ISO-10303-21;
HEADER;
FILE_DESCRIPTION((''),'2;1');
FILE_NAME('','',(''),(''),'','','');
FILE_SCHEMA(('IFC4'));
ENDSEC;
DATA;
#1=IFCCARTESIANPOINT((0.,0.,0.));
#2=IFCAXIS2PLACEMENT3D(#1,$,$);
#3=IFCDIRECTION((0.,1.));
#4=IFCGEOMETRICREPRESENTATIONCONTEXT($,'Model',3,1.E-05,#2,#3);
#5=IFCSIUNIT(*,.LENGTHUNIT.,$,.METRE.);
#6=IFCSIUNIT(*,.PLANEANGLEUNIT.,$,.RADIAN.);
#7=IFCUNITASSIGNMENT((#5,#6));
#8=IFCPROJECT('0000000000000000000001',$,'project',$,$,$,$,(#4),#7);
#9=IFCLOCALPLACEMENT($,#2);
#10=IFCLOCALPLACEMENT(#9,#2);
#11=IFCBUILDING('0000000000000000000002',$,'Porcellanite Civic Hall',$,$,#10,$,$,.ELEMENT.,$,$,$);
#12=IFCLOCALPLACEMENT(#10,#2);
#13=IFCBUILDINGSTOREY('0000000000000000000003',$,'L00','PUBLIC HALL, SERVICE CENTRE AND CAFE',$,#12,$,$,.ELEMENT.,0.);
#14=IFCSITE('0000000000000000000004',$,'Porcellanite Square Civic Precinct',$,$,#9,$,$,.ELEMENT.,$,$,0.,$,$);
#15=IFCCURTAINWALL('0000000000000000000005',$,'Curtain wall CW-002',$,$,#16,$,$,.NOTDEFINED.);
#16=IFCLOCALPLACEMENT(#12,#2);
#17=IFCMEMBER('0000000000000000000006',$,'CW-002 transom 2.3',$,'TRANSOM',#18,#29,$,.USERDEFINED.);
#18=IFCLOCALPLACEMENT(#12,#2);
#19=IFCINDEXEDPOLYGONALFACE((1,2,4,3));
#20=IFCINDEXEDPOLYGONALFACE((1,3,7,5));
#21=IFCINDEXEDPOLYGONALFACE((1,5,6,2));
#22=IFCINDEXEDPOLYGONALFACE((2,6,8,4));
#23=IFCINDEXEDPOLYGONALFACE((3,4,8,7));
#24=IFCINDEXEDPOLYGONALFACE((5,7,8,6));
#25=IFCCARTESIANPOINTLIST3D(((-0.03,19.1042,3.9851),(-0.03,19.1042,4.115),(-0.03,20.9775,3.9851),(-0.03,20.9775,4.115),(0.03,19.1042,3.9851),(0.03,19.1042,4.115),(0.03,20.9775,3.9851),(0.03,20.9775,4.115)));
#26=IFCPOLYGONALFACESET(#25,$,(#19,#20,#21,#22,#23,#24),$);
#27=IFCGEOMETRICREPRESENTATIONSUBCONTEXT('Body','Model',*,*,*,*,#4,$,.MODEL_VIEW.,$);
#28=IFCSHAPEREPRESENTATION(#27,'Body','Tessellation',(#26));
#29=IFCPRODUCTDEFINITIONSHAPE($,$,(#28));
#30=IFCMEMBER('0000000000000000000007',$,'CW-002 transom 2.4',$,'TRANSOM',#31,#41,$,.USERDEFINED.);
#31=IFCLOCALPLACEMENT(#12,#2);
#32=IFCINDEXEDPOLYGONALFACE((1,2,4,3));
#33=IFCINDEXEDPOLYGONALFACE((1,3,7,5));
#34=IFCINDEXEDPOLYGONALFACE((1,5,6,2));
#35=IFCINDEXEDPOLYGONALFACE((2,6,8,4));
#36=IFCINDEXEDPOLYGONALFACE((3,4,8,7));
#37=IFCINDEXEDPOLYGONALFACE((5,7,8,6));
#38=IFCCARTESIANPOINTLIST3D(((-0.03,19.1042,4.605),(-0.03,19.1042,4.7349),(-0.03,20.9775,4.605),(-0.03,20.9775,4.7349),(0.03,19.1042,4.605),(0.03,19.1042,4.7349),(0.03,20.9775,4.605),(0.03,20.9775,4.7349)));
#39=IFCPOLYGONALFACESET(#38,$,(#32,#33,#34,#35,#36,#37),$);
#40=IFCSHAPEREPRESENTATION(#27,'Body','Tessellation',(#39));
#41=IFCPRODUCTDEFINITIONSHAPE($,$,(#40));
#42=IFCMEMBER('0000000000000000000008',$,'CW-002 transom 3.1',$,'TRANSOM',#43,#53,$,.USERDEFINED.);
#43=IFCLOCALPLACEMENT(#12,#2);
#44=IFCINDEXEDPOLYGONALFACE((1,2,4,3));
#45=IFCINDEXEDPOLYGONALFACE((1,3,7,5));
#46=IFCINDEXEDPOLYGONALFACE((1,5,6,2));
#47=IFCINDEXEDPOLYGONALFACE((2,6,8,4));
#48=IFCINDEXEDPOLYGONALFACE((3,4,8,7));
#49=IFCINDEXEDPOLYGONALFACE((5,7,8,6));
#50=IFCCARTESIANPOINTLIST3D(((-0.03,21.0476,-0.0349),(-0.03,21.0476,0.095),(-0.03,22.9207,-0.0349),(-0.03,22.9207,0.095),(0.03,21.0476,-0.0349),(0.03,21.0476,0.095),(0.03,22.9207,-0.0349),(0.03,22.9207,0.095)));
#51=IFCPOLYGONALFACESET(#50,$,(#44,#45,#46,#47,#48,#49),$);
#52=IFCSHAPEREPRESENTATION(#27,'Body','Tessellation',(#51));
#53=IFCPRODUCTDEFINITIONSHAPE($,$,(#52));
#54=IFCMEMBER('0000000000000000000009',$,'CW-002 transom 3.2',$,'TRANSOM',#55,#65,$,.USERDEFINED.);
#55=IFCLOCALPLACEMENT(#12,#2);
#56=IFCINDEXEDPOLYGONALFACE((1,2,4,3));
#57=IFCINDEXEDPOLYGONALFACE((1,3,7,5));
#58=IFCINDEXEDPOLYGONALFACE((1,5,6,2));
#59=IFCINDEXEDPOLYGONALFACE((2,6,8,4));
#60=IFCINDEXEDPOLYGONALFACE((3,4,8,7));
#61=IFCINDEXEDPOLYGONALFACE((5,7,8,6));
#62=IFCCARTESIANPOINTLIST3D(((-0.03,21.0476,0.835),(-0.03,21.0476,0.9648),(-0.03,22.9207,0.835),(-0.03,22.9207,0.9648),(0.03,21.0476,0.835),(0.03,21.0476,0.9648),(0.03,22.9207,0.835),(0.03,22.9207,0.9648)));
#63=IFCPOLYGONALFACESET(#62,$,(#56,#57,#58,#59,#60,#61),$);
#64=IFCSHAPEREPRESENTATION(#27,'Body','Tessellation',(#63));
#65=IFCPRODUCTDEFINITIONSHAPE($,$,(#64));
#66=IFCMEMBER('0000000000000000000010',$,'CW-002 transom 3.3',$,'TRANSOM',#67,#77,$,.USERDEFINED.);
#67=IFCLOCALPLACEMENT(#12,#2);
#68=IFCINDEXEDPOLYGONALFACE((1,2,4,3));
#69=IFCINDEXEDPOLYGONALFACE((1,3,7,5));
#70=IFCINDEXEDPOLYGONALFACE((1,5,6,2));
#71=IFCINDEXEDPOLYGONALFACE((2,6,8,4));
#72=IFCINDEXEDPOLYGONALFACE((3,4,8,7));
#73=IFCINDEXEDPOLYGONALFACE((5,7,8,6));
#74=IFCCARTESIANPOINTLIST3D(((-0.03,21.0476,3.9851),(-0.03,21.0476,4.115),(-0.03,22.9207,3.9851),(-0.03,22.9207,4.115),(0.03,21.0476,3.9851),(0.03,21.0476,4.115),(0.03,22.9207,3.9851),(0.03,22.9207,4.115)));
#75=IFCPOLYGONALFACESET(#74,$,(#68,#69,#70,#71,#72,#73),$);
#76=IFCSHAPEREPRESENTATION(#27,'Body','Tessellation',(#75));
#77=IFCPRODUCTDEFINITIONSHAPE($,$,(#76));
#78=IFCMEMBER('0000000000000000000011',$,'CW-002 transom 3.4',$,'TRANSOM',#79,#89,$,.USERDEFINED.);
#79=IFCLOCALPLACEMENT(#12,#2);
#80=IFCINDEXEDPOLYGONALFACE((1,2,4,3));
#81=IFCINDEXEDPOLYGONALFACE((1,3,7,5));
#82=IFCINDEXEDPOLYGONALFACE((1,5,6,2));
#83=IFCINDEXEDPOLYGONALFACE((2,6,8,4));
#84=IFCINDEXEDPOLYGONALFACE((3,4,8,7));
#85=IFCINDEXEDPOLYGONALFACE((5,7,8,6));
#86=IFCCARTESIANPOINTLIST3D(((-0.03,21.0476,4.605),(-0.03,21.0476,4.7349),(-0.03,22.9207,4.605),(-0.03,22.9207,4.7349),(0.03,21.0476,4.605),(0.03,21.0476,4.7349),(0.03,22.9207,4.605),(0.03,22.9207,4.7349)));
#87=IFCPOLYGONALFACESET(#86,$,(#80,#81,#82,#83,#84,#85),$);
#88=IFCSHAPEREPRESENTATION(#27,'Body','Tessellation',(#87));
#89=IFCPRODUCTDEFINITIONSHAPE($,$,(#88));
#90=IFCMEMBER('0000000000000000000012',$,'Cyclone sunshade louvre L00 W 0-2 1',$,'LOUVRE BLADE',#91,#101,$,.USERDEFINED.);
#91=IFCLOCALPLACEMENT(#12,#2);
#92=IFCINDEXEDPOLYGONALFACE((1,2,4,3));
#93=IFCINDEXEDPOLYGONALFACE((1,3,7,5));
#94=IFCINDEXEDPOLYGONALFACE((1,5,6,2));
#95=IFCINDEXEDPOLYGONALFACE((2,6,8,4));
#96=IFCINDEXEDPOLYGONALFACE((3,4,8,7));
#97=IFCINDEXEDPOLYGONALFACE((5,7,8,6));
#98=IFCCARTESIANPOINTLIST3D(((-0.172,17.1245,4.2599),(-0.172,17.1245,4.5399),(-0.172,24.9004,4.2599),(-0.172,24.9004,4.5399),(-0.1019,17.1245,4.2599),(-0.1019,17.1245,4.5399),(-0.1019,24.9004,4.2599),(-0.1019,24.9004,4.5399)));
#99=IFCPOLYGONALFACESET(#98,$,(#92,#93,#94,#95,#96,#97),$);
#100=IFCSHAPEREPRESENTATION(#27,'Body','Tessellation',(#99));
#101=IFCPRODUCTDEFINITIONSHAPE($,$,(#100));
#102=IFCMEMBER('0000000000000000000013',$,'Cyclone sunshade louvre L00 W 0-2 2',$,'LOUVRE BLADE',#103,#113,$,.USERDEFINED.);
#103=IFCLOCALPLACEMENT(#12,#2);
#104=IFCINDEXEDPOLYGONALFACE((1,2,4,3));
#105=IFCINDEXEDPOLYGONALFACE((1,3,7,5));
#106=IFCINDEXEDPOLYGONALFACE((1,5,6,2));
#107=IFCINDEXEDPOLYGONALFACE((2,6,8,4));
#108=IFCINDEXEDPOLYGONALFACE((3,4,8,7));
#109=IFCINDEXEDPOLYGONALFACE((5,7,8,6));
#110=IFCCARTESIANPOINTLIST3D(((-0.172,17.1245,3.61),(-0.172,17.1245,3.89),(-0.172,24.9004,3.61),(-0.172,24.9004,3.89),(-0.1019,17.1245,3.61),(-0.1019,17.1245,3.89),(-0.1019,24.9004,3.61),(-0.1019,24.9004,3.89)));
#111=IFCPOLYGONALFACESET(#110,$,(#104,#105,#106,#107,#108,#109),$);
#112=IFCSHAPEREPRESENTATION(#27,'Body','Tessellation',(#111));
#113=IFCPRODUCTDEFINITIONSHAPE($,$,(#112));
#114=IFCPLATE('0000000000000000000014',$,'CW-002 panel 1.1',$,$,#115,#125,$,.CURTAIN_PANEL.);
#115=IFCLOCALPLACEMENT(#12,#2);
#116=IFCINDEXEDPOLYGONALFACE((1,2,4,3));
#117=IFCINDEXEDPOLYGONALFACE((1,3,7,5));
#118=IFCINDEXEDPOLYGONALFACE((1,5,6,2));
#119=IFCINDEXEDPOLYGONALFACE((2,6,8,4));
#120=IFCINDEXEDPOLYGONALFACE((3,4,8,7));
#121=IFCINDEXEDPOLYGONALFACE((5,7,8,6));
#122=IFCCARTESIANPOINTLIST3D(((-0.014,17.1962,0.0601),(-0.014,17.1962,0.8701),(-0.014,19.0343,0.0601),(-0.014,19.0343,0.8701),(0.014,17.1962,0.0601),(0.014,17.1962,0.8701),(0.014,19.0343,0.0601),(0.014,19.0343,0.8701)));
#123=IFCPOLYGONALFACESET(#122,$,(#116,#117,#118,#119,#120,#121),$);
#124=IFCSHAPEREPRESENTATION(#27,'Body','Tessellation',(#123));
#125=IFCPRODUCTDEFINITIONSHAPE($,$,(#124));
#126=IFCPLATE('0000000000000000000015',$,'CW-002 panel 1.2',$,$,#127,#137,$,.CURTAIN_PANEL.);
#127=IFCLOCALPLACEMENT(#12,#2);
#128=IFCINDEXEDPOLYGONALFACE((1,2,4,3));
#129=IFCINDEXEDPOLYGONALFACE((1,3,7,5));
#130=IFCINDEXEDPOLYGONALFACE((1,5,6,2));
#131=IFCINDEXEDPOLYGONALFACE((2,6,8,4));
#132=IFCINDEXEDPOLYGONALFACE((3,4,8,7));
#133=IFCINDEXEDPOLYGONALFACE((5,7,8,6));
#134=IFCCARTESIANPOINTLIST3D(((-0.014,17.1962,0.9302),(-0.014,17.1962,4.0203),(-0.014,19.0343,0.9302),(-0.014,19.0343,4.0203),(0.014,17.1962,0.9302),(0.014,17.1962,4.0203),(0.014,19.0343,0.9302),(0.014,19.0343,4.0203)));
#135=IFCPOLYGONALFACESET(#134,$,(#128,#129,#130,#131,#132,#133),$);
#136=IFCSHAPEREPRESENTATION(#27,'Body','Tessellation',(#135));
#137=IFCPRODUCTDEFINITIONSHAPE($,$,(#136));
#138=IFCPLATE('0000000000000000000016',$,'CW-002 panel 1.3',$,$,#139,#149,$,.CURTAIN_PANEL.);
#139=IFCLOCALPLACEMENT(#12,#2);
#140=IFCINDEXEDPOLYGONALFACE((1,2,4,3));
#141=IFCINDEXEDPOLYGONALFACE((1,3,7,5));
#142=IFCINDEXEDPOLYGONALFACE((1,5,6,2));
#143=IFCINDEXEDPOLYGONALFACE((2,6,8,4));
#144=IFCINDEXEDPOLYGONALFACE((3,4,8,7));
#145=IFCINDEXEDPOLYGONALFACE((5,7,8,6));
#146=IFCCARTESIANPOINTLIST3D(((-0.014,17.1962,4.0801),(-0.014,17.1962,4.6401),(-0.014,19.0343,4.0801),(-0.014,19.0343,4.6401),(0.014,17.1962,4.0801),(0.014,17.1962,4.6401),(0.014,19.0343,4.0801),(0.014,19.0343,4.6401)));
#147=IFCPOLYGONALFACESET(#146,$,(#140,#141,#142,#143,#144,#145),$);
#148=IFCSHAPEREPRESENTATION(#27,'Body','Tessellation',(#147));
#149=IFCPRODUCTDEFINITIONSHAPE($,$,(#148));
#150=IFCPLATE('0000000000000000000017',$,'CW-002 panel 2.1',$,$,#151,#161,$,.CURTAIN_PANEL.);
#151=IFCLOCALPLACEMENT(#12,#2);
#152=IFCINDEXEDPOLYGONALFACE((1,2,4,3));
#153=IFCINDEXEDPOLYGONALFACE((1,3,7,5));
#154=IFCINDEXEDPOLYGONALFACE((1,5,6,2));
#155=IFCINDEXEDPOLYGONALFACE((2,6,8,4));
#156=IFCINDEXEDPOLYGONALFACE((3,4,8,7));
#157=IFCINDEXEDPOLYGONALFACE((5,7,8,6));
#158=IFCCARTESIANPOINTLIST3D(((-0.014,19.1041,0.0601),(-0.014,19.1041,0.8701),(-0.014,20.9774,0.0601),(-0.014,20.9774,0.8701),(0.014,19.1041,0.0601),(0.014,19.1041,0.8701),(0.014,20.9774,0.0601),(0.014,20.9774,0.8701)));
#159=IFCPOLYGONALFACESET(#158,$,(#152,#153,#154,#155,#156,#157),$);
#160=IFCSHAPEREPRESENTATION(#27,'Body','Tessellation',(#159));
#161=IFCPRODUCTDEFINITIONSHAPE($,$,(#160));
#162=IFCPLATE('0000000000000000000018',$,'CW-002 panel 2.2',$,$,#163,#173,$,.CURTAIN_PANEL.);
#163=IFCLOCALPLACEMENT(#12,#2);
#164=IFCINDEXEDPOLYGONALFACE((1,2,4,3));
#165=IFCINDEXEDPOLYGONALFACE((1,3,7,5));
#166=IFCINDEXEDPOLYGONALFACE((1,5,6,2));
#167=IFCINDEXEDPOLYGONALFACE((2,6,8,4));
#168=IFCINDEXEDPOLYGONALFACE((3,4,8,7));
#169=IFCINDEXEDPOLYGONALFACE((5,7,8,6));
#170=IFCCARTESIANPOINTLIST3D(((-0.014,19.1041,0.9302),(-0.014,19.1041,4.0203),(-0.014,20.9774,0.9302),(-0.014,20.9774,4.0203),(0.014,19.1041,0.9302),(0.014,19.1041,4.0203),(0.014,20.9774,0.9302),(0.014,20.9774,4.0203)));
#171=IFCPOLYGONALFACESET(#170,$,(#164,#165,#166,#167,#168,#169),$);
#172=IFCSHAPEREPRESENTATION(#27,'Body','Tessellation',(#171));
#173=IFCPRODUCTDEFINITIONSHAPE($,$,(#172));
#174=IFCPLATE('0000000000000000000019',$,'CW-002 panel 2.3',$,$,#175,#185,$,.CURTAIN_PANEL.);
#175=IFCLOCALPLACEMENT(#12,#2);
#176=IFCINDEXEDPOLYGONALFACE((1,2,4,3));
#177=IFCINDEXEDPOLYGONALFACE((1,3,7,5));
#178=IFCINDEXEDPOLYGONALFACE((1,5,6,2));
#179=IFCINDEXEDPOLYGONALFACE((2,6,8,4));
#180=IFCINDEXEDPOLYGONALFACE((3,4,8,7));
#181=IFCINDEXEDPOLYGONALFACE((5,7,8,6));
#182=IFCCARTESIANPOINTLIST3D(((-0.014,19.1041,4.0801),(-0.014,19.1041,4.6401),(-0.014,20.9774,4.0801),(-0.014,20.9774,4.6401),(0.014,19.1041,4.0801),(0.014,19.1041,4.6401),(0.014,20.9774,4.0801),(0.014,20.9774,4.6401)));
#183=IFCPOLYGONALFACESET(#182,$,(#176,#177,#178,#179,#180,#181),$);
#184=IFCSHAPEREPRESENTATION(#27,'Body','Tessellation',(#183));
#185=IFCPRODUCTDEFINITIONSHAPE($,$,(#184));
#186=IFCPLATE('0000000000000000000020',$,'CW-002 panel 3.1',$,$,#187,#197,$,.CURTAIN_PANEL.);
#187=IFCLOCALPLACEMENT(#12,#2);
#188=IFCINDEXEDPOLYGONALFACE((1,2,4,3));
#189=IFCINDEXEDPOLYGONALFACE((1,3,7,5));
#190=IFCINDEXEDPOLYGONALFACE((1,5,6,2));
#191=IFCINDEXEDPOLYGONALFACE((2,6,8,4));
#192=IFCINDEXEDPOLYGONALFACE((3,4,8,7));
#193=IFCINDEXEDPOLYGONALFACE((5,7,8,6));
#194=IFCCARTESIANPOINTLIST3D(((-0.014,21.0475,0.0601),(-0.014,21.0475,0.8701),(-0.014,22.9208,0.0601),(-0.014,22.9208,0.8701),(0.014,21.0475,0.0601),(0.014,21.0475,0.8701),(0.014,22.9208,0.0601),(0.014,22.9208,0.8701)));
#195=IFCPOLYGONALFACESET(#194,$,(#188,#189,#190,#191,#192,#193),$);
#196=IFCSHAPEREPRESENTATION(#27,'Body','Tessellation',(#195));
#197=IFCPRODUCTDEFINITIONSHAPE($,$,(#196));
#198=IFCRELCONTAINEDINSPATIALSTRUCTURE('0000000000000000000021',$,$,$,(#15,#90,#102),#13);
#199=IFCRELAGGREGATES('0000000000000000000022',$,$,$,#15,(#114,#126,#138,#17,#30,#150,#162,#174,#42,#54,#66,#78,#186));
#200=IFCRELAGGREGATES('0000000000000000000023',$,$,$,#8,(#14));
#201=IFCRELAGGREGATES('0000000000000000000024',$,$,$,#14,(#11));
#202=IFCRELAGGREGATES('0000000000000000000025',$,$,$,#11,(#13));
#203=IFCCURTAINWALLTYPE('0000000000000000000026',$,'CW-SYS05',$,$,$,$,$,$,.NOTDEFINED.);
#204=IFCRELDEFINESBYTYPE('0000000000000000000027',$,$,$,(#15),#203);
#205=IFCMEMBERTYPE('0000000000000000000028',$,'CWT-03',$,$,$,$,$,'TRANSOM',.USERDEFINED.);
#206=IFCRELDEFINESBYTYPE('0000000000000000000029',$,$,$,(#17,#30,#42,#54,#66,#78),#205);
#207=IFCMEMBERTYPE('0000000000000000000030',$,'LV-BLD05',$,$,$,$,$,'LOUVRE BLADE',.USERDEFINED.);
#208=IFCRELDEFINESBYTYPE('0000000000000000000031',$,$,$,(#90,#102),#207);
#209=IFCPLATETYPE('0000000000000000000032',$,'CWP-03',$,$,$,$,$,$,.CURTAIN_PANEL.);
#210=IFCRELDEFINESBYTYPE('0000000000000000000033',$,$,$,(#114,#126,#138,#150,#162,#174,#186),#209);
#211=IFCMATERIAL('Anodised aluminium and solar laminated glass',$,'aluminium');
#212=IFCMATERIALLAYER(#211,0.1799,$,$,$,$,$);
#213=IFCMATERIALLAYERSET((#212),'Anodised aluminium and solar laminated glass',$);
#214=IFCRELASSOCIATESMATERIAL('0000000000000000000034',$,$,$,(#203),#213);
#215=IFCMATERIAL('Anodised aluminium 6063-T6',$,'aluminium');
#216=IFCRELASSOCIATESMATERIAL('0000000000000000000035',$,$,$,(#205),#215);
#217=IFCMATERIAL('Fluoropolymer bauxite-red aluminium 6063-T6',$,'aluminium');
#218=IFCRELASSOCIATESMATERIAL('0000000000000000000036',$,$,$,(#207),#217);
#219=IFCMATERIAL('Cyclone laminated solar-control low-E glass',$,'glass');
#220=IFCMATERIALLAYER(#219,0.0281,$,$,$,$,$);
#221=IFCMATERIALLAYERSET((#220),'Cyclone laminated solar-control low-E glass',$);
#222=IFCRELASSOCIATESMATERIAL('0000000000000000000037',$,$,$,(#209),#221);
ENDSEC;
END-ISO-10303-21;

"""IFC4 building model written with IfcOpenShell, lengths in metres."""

from ifc_helpers import new_model, si_unit, direction, frame, origin, origin_2d, place, context, subcontext, project, spatial, rectangle, extrude, material, layer, layer_set, material_profile, profile_set, type_object, element, aggregate, save


model = new_model("IFC4")

# Units and contexts
model_context = context("Model", 3, precision=1e-05, world=origin(), true_north=direction((0.0, 1.0)))
body_context = subcontext(model_context, "Body", "Model", "MODEL_VIEW")
ifc_project = project(units=[si_unit("LENGTHUNIT", "METRE"), si_unit("PLANEANGLEUNIT", "RADIAN")], contexts=[model_context])

# Site, building, storey
site_placement = place(None, origin())
site = spatial("IfcSite", under=ifc_project, at=site_placement, Name="Porcellanite Square Civic Precinct", CompositionType="ELEMENT", RefElevation=0.0)
building_placement = place(site_placement, origin())
building = spatial("IfcBuilding", under=site, at=building_placement, Name="Porcellanite Civic Hall", CompositionType="ELEMENT")
storey_placement = place(building_placement, origin())
storey = spatial("IfcBuildingStorey", under=building, at=storey_placement, Name="L00", Description="PUBLIC HALL, SERVICE CENTRE AND CAFE", CompositionType="ELEMENT", Elevation=0.0)

# Curtain wall, members
ifc_material_1 = material(Name="Anodised aluminium and solar laminated glass", Category="aluminium")
ifc_layer_1 = layer(ifc_material_1, 0.1799)
ifc_layer_set_1 = layer_set([ifc_layer_1], Name="Anodised aluminium and solar laminated glass")
curtain_wall_type = type_object("IfcCurtainWallType", Name="CW-SYS05", PredefinedType="NOTDEFINED", material=ifc_layer_set_1)
curtain_wall_placement = place(storey_placement, origin())
curtain_wall = element("IfcCurtainWall", 1, at=curtain_wall_placement, inside=storey, type_object=curtain_wall_type, Name="Curtain wall CW-002", PredefinedType="NOTDEFINED")
ifc_material_2 = material(Name="Anodised aluminium 6063-T6", Category="aluminium")
ifc_material_profile_1 = material_profile(ifc_material_2, rectangle(XDim=0.0601, YDim=0.1299, at=origin_2d()), Name="AL-60x130")
ifc_profile_set_1 = profile_set([ifc_material_profile_1], Name="Anodised aluminium 6063-T6")
member_type_1 = type_object("IfcMemberType", Name="CWT-03", ElementType="TRANSOM", PredefinedType="USERDEFINED", material=ifc_profile_set_1)
member_1_placement = place(storey_placement, frame((0.0, 19.1042, 4.05), z_axis=(0.0, 1.0, 0.0), x_axis=(-1.0, 0.0, 0.0)))
member_1 = element("IfcMember", 2, at=member_1_placement, type_object=member_type_1, Name="CW-002 transom 2.3", ObjectType="TRANSOM", PredefinedType="USERDEFINED", context=body_context, shape_type="SweptSolid", body=[
    extrude(rectangle(XDim=0.0601, YDim=0.1299, at=origin_2d()), origin(), (0.0, 0.0, 1.0), 1.8733),
])
member_2_placement = place(storey_placement, frame((0.0, 19.1042, 4.6699), z_axis=(0.0, 1.0, 0.0), x_axis=(-1.0, 0.0, 0.0)))
member_2 = element("IfcMember", 3, at=member_2_placement, type_object=member_type_1, Name="CW-002 transom 2.4", ObjectType="TRANSOM", PredefinedType="USERDEFINED", context=body_context, shape_type="SweptSolid", body=[
    extrude(rectangle(XDim=0.0601, YDim=0.1299, at=origin_2d()), origin(), (0.0, 0.0, 1.0), 1.8733),
])
member_3_placement = place(storey_placement, frame((0.0, 21.0476, 0.03), z_axis=(0.0, 1.0, 0.0), x_axis=(-1.0, 0.0, 0.0)))
member_3 = element("IfcMember", 4, at=member_3_placement, type_object=member_type_1, Name="CW-002 transom 3.1", ObjectType="TRANSOM", PredefinedType="USERDEFINED", context=body_context, shape_type="SweptSolid", body=[
    extrude(rectangle(XDim=0.0601, YDim=0.1299, at=origin_2d()), origin(), (0.0, 0.0, 1.0), 1.873),
])
member_4_placement = place(storey_placement, frame((0.0, 21.0476, 0.8999), z_axis=(0.0, 1.0, 0.0), x_axis=(-1.0, 0.0, 0.0)))
member_4 = element("IfcMember", 5, at=member_4_placement, type_object=member_type_1, Name="CW-002 transom 3.2", ObjectType="TRANSOM", PredefinedType="USERDEFINED", context=body_context, shape_type="SweptSolid", body=[
    extrude(rectangle(XDim=0.0601, YDim=0.1299, at=origin_2d()), origin(), (0.0, 0.0, 1.0), 1.873),
])
member_5_placement = place(storey_placement, frame((0.0, 21.0476, 4.05), z_axis=(0.0, 1.0, 0.0), x_axis=(-1.0, 0.0, 0.0)))
member_5 = element("IfcMember", 6, at=member_5_placement, type_object=member_type_1, Name="CW-002 transom 3.3", ObjectType="TRANSOM", PredefinedType="USERDEFINED", context=body_context, shape_type="SweptSolid", body=[
    extrude(rectangle(XDim=0.0601, YDim=0.1299, at=origin_2d()), origin(), (0.0, 0.0, 1.0), 1.873),
])
member_6_placement = place(storey_placement, frame((0.0, 21.0476, 4.6699), z_axis=(0.0, 1.0, 0.0), x_axis=(-1.0, 0.0, 0.0)))
member_6 = element("IfcMember", 7, at=member_6_placement, type_object=member_type_1, Name="CW-002 transom 3.4", ObjectType="TRANSOM", PredefinedType="USERDEFINED", context=body_context, shape_type="SweptSolid", body=[
    extrude(rectangle(XDim=0.0601, YDim=0.1299, at=origin_2d()), origin(), (0.0, 0.0, 1.0), 1.873),
])

# Members
ifc_material_3 = material(Name="Fluoropolymer bauxite-red aluminium 6063-T6", Category="aluminium")
ifc_material_profile_2 = material_profile(ifc_material_3, rectangle(XDim=0.0701, YDim=0.28, at=origin_2d()), Name="AL-70x280")
ifc_profile_set_2 = profile_set([ifc_material_profile_2], Name="Fluoropolymer bauxite-red aluminium 6063-T6")
member_type_2 = type_object("IfcMemberType", Name="LV-BLD05", ElementType="LOUVRE BLADE", PredefinedType="USERDEFINED", material=ifc_profile_set_2)
for number, where, z_axis, x_axis, name in (
    (8, (-0.137, 17.1245, 4.3999), (0.0, 1.0, 0.0), (-1.0, 0.0, 0.0), "Cyclone sunshade louvre L00 W 0-2 1"),
    (9, (-0.137, 17.1245, 3.75), (0.0, 1.0, 0.0), (-1.0, 0.0, 0.0), "Cyclone sunshade louvre L00 W 0-2 2"),
):
    element("IfcMember", number, at=place(storey_placement, frame(where, z_axis=z_axis, x_axis=x_axis)), inside=storey, type_object=member_type_2, Name=name, ObjectType="LOUVRE BLADE", PredefinedType="USERDEFINED", context=body_context, shape_type="SweptSolid", body=[
        extrude(rectangle(XDim=0.0701, YDim=0.28, at=origin_2d()), origin(), (0.0, 0.0, 1.0), 7.7759),
    ])

# Plates
ifc_material_4 = material(Name="Cyclone laminated solar-control low-E glass", Category="glass")
ifc_layer_2 = layer(ifc_material_4, 0.0281)
ifc_layer_set_2 = layer_set([ifc_layer_2], Name="Cyclone laminated solar-control low-E glass")
plate_type = type_object("IfcPlateType", Name="CWP-03", PredefinedType="CURTAIN_PANEL", material=ifc_layer_set_2)
plate_1_placement = place(storey_placement, frame((0.0, 18.1152, 0.0601), z_axis=(0.0, 0.0, 1.0), x_axis=(0.0, 1.0, 0.0)))
plate_1 = element("IfcPlate", 10, at=plate_1_placement, type_object=plate_type, Name="CW-002 panel 1.1", PredefinedType="CURTAIN_PANEL", context=body_context, shape_type="SweptSolid", body=[
    extrude(rectangle(XDim=1.8381, YDim=0.0281, at=origin_2d()), origin(), (0.0, 0.0, 1.0), 0.8101),
])
plate_2_placement = place(storey_placement, frame((0.0, 18.1152, 0.9302), z_axis=(0.0, 0.0, 1.0), x_axis=(0.0, 1.0, 0.0)))
plate_2 = element("IfcPlate", 11, at=plate_2_placement, type_object=plate_type, Name="CW-002 panel 1.2", PredefinedType="CURTAIN_PANEL", context=body_context, shape_type="SweptSolid", body=[
    extrude(rectangle(XDim=1.8381, YDim=0.0281, at=origin_2d()), origin(), (0.0, 0.0, 1.0), 3.0901),
])
plate_3_placement = place(storey_placement, frame((0.0, 18.1152, 4.0801), z_axis=(0.0, 0.0, 1.0), x_axis=(0.0, 1.0, 0.0)))
plate_3 = element("IfcPlate", 12, at=plate_3_placement, type_object=plate_type, Name="CW-002 panel 1.3", PredefinedType="CURTAIN_PANEL", context=body_context, shape_type="SweptSolid", body=[
    extrude(rectangle(XDim=1.8381, YDim=0.0281, at=origin_2d()), origin(), (0.0, 0.0, 1.0), 0.5601),
])
plate_4_placement = place(storey_placement, frame((0.0, 20.0408, 0.0601), z_axis=(0.0, 0.0, 1.0), x_axis=(0.0, 1.0, 0.0)))
plate_4 = element("IfcPlate", 13, at=plate_4_placement, type_object=plate_type, Name="CW-002 panel 2.1", PredefinedType="CURTAIN_PANEL", context=body_context, shape_type="SweptSolid", body=[
    extrude(rectangle(XDim=1.8733, YDim=0.0281, at=origin_2d()), origin(), (0.0, 0.0, 1.0), 0.8101),
])
plate_5_placement = place(storey_placement, frame((0.0, 20.0408, 0.9302), z_axis=(0.0, 0.0, 1.0), x_axis=(0.0, 1.0, 0.0)))
plate_5 = element("IfcPlate", 14, at=plate_5_placement, type_object=plate_type, Name="CW-002 panel 2.2", PredefinedType="CURTAIN_PANEL", context=body_context, shape_type="SweptSolid", body=[
    extrude(rectangle(XDim=1.8733, YDim=0.0281, at=origin_2d()), origin(), (0.0, 0.0, 1.0), 3.0901),
])
plate_6_placement = place(storey_placement, frame((0.0, 20.0408, 4.0801), z_axis=(0.0, 0.0, 1.0), x_axis=(0.0, 1.0, 0.0)))
plate_6 = element("IfcPlate", 15, at=plate_6_placement, type_object=plate_type, Name="CW-002 panel 2.3", PredefinedType="CURTAIN_PANEL", context=body_context, shape_type="SweptSolid", body=[
    extrude(rectangle(XDim=1.8733, YDim=0.0281, at=origin_2d()), origin(), (0.0, 0.0, 1.0), 0.5601),
])
plate_7_placement = place(storey_placement, frame((0.0, 21.9841, 0.0601), z_axis=(0.0, 0.0, 1.0), x_axis=(0.0, 1.0, 0.0)))
plate_7 = element("IfcPlate", 16, at=plate_7_placement, type_object=plate_type, Name="CW-002 panel 3.1", PredefinedType="CURTAIN_PANEL", context=body_context, shape_type="SweptSolid", body=[
    extrude(rectangle(XDim=1.8733, YDim=0.0281, at=origin_2d()), origin(), (0.0, 0.0, 1.0), 0.8101),
])
aggregate(curtain_wall, [plate_1, plate_2, plate_3, member_1, member_2, plate_4, plate_5, plate_6, member_3, member_4, member_5, member_6, plate_7])

save(model, "model.ifc")
